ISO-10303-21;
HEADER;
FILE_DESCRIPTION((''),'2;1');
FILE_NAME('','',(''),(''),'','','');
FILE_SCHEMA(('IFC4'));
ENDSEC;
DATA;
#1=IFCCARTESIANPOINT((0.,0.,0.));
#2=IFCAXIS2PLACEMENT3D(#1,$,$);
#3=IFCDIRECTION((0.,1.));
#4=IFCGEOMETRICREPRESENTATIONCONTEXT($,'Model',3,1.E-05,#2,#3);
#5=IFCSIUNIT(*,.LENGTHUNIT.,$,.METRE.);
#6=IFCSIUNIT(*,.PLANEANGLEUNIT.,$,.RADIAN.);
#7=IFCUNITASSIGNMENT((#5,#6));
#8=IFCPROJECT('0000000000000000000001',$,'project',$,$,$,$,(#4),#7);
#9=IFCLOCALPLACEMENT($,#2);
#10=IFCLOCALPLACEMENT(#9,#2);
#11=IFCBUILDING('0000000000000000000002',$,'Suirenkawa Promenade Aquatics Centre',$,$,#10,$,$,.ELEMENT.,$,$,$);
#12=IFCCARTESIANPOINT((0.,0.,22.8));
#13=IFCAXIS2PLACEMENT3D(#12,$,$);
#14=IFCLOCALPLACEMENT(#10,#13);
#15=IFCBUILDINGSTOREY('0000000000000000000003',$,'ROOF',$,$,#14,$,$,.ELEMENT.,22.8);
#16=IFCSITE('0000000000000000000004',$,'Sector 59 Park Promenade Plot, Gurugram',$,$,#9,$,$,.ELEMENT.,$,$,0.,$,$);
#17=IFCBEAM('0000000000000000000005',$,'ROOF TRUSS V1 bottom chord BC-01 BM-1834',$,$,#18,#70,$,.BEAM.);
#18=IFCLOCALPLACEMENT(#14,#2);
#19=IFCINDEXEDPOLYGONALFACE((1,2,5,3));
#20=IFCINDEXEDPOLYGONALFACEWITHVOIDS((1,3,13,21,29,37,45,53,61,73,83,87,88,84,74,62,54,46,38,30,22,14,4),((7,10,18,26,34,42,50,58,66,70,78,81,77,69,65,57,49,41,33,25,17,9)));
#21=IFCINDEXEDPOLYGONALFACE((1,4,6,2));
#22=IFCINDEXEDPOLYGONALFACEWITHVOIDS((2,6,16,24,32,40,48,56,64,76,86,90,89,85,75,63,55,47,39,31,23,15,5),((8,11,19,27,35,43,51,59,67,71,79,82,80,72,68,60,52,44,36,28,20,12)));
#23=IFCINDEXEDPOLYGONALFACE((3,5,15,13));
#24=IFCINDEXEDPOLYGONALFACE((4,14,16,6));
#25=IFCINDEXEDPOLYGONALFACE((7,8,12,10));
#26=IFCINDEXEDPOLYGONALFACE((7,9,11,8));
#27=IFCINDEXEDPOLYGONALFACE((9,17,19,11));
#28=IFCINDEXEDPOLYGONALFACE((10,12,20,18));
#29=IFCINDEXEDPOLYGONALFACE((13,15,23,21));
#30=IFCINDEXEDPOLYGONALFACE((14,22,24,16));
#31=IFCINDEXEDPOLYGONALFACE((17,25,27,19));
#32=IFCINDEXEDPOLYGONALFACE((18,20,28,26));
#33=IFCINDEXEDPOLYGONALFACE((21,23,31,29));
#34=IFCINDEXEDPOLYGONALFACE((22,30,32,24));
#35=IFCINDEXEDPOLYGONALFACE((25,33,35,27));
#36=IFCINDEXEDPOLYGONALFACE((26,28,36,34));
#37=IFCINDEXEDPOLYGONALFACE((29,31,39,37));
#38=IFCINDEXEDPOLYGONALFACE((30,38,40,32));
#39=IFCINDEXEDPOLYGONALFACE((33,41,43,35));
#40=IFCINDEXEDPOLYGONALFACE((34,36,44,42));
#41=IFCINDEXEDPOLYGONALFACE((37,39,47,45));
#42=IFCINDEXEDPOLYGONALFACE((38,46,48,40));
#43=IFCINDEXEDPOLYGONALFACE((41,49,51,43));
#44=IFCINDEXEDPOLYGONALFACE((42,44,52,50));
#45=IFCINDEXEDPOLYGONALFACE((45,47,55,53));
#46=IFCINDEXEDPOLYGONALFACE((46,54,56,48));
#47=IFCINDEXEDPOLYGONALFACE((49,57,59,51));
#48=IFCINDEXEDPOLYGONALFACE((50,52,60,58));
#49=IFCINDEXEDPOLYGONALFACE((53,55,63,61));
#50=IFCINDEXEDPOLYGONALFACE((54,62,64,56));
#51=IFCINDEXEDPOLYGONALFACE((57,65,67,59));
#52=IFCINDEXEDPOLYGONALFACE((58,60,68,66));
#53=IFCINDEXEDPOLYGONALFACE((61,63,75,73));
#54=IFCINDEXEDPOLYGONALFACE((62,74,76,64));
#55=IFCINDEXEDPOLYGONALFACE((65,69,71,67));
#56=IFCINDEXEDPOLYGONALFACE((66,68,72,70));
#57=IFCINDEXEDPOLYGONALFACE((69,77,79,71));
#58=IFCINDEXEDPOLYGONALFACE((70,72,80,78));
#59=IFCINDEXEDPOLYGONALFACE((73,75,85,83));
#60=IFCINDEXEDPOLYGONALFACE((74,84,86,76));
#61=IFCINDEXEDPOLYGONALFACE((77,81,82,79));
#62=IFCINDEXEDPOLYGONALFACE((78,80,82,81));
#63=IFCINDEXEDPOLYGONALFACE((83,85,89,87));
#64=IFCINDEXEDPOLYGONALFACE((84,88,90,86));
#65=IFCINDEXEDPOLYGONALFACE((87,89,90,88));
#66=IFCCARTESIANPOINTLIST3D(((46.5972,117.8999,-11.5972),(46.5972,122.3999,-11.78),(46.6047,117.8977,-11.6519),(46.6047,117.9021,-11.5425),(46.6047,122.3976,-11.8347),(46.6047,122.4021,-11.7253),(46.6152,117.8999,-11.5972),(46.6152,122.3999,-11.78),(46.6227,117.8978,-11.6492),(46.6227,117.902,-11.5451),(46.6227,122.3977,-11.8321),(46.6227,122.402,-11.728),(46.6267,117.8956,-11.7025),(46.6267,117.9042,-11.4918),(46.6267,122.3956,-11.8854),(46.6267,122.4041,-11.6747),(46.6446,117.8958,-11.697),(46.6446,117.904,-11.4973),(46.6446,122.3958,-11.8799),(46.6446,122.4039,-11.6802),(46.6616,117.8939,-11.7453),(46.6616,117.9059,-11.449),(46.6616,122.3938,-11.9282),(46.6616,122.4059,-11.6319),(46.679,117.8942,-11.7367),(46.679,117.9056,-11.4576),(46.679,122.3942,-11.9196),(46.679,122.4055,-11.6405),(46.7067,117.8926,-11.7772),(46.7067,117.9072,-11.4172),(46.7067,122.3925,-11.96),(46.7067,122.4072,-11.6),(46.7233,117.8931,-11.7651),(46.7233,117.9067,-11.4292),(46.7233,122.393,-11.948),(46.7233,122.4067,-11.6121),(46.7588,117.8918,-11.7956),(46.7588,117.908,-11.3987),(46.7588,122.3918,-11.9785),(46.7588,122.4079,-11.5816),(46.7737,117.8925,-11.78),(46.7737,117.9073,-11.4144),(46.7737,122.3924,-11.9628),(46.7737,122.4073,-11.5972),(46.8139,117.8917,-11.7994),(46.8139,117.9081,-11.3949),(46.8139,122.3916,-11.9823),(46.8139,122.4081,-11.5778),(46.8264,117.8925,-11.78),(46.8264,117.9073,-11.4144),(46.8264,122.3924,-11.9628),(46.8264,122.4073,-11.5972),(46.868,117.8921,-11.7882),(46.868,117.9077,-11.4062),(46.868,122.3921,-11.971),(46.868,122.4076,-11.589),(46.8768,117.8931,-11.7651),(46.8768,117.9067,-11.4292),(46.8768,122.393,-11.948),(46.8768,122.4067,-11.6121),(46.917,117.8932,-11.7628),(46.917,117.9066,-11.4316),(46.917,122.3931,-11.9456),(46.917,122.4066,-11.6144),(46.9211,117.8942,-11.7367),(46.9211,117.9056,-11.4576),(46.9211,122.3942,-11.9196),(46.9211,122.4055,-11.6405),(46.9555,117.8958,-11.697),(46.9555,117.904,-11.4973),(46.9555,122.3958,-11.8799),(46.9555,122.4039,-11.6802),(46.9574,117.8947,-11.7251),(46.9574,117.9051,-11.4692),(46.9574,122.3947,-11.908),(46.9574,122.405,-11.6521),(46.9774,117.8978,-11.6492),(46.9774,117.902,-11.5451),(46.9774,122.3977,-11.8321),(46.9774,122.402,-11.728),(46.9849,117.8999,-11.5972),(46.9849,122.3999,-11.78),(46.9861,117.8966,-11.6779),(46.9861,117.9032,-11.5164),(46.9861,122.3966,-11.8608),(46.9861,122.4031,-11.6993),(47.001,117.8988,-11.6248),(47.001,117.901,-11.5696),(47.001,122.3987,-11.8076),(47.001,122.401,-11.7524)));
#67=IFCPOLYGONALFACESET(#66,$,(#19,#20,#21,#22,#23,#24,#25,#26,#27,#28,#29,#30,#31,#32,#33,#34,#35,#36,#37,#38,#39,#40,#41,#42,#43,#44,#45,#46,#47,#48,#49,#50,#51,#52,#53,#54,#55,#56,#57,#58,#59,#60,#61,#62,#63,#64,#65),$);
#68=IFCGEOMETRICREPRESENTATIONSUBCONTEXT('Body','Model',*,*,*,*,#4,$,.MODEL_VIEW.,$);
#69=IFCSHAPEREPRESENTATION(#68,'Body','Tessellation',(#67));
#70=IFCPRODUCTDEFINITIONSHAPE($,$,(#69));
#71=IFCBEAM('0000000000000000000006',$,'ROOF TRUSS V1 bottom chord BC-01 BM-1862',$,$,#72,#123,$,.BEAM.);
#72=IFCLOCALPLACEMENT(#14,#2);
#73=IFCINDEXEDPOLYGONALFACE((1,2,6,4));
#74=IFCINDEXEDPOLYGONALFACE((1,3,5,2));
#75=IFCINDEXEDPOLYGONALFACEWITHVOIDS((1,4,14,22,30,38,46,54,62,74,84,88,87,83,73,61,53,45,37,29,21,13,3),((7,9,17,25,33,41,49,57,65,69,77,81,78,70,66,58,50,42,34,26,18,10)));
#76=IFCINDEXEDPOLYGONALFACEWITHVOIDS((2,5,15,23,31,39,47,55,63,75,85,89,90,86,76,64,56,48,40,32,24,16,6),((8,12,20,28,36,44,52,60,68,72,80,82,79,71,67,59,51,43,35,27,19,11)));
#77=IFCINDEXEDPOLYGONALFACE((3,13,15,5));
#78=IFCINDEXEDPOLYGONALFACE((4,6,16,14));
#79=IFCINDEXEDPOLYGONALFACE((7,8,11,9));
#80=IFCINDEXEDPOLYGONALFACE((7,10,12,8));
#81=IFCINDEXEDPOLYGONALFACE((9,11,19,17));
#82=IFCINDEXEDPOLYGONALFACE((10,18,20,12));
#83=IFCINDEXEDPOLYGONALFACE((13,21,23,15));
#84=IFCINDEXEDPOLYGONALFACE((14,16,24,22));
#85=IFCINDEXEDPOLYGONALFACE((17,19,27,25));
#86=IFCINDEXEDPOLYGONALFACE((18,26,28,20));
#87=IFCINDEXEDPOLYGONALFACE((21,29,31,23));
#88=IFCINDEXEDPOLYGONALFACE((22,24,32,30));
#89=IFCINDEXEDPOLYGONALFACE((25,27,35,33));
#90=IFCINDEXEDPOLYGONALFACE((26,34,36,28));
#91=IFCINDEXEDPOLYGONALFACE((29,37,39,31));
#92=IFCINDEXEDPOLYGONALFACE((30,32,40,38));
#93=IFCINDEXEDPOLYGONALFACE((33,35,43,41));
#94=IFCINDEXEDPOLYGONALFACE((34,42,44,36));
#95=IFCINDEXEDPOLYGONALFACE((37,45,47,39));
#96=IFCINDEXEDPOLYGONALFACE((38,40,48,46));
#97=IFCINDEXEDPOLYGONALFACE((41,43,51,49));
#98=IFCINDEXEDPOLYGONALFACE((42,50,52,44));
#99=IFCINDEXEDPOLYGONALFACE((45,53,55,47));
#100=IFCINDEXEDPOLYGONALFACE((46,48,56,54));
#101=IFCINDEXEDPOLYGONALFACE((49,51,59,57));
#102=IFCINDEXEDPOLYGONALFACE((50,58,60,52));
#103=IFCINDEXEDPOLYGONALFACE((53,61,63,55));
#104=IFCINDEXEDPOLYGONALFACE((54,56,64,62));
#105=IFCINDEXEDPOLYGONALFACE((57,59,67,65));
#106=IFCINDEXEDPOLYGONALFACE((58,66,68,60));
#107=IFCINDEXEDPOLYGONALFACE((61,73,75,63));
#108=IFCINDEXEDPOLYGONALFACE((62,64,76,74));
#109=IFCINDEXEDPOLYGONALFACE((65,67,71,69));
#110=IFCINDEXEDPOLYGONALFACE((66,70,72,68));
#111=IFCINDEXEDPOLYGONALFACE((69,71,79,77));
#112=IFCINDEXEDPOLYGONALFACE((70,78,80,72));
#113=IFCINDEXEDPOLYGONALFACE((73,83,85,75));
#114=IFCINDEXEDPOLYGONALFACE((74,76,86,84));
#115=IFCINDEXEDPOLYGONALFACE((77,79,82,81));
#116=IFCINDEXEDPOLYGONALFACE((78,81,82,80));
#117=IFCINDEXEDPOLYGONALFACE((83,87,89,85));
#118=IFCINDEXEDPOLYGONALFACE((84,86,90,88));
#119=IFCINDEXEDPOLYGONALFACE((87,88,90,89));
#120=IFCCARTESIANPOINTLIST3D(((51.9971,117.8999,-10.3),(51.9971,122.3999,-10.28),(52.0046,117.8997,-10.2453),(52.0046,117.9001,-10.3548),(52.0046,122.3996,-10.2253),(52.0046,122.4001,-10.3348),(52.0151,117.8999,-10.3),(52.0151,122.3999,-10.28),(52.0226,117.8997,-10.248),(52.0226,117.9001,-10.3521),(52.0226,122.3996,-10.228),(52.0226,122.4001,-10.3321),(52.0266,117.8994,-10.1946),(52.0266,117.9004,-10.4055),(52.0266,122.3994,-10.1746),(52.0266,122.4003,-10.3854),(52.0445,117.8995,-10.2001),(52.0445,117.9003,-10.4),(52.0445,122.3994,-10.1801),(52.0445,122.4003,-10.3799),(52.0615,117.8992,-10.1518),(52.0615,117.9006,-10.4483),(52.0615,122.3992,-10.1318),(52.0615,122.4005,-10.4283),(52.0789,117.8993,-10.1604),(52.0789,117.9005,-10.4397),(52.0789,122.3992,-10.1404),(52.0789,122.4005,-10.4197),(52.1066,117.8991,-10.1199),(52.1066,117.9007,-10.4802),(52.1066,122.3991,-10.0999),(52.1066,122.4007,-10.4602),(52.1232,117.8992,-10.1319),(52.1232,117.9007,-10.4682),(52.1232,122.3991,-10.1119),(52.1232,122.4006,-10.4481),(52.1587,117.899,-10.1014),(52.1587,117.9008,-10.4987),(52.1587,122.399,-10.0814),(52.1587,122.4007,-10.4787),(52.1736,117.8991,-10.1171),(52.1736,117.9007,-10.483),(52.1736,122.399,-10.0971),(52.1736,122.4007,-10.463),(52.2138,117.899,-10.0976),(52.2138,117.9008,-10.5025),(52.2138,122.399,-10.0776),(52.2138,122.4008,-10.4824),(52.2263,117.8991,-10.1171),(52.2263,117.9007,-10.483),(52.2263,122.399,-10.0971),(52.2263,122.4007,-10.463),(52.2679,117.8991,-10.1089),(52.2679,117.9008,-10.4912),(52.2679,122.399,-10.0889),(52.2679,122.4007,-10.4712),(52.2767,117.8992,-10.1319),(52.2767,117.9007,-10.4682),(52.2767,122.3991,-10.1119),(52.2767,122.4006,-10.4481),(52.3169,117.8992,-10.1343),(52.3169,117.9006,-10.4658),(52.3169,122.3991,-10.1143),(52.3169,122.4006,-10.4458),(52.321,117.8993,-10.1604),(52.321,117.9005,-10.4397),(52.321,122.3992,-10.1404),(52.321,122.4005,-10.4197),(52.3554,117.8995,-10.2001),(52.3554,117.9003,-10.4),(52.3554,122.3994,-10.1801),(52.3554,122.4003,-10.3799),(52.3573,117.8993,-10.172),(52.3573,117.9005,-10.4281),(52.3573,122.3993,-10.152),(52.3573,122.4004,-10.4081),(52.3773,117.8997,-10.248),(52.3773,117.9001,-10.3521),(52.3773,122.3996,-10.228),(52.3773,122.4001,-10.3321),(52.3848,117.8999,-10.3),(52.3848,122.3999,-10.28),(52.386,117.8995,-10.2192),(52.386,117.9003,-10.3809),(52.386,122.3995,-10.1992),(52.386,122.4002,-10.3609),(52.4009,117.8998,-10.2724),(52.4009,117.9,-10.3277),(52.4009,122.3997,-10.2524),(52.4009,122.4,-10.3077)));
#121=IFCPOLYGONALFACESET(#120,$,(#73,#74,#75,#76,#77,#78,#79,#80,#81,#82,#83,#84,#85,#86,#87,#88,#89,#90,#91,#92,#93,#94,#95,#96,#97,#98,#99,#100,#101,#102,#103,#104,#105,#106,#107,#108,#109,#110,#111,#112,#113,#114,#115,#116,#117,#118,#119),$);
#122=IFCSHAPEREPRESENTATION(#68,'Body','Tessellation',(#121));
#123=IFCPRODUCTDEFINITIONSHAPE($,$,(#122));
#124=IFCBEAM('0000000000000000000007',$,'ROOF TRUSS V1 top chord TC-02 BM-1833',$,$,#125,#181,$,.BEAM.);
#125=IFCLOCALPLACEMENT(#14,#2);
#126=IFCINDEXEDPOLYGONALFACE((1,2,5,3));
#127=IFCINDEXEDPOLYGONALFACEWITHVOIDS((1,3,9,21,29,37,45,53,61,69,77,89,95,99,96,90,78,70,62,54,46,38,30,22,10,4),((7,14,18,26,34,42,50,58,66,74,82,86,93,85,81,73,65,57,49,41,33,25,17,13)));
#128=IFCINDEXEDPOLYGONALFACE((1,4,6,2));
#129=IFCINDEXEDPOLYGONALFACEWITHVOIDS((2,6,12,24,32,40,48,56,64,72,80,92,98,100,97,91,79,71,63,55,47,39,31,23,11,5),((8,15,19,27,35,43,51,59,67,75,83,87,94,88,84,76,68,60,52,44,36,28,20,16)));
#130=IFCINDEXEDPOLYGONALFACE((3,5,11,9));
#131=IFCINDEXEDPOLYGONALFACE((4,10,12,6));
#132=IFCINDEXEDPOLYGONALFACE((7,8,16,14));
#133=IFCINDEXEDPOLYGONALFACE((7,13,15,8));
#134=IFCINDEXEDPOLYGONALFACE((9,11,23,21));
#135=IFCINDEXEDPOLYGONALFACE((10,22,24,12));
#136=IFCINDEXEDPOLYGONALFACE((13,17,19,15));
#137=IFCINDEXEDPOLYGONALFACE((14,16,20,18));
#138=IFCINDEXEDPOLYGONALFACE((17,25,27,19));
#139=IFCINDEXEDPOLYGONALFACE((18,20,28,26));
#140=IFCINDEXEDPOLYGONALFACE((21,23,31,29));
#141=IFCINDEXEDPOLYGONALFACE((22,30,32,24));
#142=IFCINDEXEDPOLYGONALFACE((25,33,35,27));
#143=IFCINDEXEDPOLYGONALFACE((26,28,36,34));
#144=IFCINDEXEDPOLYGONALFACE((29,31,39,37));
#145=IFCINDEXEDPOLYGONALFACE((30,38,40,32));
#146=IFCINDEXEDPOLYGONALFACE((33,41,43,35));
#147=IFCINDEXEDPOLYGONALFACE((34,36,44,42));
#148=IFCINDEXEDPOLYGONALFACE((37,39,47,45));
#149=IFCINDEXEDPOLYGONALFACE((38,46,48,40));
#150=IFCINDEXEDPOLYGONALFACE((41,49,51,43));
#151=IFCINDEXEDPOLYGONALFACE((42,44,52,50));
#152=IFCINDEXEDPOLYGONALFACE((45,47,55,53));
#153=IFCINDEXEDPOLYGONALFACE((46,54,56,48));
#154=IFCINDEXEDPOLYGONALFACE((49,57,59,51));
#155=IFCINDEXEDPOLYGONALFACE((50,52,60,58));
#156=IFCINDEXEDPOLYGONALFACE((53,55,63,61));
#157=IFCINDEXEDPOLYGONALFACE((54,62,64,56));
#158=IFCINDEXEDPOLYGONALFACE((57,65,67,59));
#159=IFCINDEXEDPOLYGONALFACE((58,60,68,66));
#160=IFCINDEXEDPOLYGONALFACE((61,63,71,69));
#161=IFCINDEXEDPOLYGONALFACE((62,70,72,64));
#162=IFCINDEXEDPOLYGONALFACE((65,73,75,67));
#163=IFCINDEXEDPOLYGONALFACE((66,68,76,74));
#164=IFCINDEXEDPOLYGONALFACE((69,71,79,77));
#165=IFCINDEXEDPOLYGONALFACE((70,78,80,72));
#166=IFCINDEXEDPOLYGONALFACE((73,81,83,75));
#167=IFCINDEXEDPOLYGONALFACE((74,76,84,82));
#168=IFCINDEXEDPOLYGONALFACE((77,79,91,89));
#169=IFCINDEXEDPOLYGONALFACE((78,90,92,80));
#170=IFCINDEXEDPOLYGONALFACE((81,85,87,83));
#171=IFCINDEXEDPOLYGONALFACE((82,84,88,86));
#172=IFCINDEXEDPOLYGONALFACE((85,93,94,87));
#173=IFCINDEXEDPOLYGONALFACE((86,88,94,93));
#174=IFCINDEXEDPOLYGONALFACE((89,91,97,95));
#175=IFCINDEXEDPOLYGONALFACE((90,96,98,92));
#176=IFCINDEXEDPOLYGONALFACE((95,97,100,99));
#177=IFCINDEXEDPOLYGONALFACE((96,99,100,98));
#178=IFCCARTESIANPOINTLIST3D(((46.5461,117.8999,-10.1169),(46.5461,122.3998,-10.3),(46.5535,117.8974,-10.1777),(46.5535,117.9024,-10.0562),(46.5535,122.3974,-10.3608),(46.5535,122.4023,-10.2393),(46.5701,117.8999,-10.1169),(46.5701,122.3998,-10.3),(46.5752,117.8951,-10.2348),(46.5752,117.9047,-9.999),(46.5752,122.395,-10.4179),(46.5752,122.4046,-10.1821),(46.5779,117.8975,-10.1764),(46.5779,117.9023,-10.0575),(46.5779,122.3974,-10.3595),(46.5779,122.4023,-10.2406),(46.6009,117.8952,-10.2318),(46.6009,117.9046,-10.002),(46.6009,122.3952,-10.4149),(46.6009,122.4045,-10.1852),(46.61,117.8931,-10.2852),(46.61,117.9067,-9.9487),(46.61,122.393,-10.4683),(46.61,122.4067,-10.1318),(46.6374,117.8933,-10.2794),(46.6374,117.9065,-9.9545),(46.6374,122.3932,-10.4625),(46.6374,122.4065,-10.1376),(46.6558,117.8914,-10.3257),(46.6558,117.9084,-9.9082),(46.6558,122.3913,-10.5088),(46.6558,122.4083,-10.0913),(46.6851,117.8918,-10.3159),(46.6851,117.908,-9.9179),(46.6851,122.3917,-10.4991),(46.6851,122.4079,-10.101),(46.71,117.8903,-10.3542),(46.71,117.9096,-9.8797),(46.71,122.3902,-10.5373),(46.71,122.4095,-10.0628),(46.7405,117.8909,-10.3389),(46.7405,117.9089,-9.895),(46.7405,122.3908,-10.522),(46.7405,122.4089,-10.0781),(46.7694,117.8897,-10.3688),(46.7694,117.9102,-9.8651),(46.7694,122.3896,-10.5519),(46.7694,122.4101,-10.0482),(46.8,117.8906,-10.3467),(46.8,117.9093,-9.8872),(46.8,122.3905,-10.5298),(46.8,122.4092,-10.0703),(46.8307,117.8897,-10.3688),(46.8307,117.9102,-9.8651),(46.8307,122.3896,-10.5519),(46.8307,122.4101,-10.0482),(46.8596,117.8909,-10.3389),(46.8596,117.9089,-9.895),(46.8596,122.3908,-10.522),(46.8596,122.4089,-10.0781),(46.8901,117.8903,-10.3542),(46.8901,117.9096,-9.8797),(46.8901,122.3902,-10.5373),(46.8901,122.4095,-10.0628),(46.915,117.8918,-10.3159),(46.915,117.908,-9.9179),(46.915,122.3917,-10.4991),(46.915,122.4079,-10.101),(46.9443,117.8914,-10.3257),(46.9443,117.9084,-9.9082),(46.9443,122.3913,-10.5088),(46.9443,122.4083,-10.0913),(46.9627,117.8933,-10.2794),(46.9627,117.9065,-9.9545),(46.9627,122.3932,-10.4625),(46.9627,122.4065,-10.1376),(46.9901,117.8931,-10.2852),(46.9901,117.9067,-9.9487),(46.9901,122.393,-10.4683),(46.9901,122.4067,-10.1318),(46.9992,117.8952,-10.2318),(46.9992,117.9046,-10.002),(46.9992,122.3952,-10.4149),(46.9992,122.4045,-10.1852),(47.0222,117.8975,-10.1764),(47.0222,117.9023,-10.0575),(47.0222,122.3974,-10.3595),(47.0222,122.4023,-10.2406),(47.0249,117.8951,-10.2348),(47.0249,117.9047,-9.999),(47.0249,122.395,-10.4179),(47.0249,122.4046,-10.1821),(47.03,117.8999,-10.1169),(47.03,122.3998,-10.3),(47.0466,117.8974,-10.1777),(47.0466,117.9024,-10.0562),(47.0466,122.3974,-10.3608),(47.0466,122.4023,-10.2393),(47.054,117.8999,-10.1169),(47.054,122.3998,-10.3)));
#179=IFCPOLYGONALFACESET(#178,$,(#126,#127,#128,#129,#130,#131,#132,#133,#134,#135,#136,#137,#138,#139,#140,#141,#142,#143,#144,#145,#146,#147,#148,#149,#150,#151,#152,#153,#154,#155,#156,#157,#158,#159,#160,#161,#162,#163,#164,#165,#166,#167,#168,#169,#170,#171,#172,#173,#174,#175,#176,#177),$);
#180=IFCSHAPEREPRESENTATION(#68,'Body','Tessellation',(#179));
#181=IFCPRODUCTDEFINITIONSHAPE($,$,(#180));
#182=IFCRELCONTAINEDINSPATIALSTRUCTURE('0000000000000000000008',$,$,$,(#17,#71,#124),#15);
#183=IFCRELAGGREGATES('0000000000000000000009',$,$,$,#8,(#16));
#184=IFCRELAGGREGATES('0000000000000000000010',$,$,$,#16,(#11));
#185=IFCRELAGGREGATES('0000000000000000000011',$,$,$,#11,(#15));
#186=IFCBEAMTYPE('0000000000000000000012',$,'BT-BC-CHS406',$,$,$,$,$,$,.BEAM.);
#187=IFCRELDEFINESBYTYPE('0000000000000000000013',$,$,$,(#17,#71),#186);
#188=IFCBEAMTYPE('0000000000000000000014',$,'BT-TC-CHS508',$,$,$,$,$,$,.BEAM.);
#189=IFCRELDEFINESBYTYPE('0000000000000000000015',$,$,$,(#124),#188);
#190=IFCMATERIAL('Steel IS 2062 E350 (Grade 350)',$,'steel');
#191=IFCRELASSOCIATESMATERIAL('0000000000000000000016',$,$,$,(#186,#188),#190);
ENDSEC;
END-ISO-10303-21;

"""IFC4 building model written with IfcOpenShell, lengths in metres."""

from ifc_helpers import new_model, si_unit, direction, frame, origin, origin_2d, place, context, subcontext, project, spatial, hollow_circle, extrude, material, material_profile, profile_set, type_object, element, save


model = new_model("IFC4")

# Units and contexts
model_context = context("Model", 3, precision=1e-05, world=origin(), true_north=direction((0.0, 1.0)))
body_context = subcontext(model_context, "Body", "Model", "MODEL_VIEW")
ifc_project = project(units=[si_unit("LENGTHUNIT", "METRE"), si_unit("PLANEANGLEUNIT", "RADIAN")], contexts=[model_context])

# Site, building, storey
site_placement = place(None, origin())
site = spatial("IfcSite", under=ifc_project, at=site_placement, Name="Sector 59 Park Promenade Plot, Gurugram", CompositionType="ELEMENT", RefElevation=0.0)
building_placement = place(site_placement, origin())
building = spatial("IfcBuilding", under=site, at=building_placement, Name="Suirenkawa Promenade Aquatics Centre", CompositionType="ELEMENT")
storey_placement = place(building_placement, frame((0.0, 0.0, 22.8)))
storey = spatial("IfcBuildingStorey", under=building, at=storey_placement, Name="ROOF", CompositionType="ELEMENT", Elevation=22.8)

# Beams
ifc_material = material(Name="Steel IS 2062 E350 (Grade 350)", Category="steel")
ifc_material_profile_1 = material_profile(ifc_material, hollow_circle(Radius=0.2029, WallThickness=0.0181, at=origin_2d()), Name="CHS 406x18", Category="steel")
ifc_profile_set_1 = profile_set([ifc_material_profile_1], Name="Steel IS 2062 E350 (Grade 350)")
beam_type_1 = type_object("IfcBeamType", Name="BT-BC-CHS406", PredefinedType="BEAM", material=ifc_profile_set_1)
beam_1_placement = place(storey_placement, frame((46.8, 117.8999, -11.5972), z_axis=(0.0, 0.999175, -0.040602), x_axis=(-1.0, 0.0, 0.0)))
element("IfcBeam", 1, at=beam_1_placement, inside=storey, type_object=beam_type_1, Name="ROOF TRUSS V1 bottom chord BC-01 BM-1834", PredefinedType="BEAM", context=body_context, shape_type="SweptSolid", body=[
    extrude(hollow_circle(Radius=0.2029, WallThickness=0.0181, at=origin_2d()), origin(), (0.0, 0.0, 1.0), 4.5037),
])
beam_2_placement = place(storey_placement, frame((52.2, 117.8999, -10.3), z_axis=(0.0, 0.99999, 0.004449), x_axis=(-1.0, 0.0, 0.0)))
element("IfcBeam", 2, at=beam_2_placement, inside=storey, type_object=beam_type_1, Name="ROOF TRUSS V1 bottom chord BC-01 BM-1862", PredefinedType="BEAM", context=body_context, shape_type="SweptSolid", body=[
    extrude(hollow_circle(Radius=0.2029, WallThickness=0.0181, at=origin_2d()), origin(), (0.0, 0.0, 1.0), 4.5),
])
ifc_material_profile_2 = material_profile(ifc_material, hollow_circle(Radius=0.2539, WallThickness=0.0239, at=origin_2d()), Name="CHS 508x24", Category="steel")
ifc_profile_set_2 = profile_set([ifc_material_profile_2], Name="Steel IS 2062 E350 (Grade 350)")
beam_type_2 = type_object("IfcBeamType", Name="BT-TC-CHS508", PredefinedType="BEAM", material=ifc_profile_set_2)
for number, where, z_axis, x_axis, name in (
    (3, (46.8, 117.8999, -10.1169), (0.0, 0.999173, -0.040656), (-1.0, 0.0, 0.0), "ROOF TRUSS V1 top chord TC-02 BM-1833"),
):
    element("IfcBeam", number, at=place(storey_placement, frame(where, z_axis=z_axis, x_axis=x_axis)), inside=storey, type_object=beam_type_2, Name=name, PredefinedType="BEAM", context=body_context, shape_type="SweptSolid", body=[
        extrude(hollow_circle(Radius=0.2539, WallThickness=0.0239, at=origin_2d()), origin(), (0.0, 0.0, 1.0), 4.5037),
    ])

save(model, "model.ifc")
